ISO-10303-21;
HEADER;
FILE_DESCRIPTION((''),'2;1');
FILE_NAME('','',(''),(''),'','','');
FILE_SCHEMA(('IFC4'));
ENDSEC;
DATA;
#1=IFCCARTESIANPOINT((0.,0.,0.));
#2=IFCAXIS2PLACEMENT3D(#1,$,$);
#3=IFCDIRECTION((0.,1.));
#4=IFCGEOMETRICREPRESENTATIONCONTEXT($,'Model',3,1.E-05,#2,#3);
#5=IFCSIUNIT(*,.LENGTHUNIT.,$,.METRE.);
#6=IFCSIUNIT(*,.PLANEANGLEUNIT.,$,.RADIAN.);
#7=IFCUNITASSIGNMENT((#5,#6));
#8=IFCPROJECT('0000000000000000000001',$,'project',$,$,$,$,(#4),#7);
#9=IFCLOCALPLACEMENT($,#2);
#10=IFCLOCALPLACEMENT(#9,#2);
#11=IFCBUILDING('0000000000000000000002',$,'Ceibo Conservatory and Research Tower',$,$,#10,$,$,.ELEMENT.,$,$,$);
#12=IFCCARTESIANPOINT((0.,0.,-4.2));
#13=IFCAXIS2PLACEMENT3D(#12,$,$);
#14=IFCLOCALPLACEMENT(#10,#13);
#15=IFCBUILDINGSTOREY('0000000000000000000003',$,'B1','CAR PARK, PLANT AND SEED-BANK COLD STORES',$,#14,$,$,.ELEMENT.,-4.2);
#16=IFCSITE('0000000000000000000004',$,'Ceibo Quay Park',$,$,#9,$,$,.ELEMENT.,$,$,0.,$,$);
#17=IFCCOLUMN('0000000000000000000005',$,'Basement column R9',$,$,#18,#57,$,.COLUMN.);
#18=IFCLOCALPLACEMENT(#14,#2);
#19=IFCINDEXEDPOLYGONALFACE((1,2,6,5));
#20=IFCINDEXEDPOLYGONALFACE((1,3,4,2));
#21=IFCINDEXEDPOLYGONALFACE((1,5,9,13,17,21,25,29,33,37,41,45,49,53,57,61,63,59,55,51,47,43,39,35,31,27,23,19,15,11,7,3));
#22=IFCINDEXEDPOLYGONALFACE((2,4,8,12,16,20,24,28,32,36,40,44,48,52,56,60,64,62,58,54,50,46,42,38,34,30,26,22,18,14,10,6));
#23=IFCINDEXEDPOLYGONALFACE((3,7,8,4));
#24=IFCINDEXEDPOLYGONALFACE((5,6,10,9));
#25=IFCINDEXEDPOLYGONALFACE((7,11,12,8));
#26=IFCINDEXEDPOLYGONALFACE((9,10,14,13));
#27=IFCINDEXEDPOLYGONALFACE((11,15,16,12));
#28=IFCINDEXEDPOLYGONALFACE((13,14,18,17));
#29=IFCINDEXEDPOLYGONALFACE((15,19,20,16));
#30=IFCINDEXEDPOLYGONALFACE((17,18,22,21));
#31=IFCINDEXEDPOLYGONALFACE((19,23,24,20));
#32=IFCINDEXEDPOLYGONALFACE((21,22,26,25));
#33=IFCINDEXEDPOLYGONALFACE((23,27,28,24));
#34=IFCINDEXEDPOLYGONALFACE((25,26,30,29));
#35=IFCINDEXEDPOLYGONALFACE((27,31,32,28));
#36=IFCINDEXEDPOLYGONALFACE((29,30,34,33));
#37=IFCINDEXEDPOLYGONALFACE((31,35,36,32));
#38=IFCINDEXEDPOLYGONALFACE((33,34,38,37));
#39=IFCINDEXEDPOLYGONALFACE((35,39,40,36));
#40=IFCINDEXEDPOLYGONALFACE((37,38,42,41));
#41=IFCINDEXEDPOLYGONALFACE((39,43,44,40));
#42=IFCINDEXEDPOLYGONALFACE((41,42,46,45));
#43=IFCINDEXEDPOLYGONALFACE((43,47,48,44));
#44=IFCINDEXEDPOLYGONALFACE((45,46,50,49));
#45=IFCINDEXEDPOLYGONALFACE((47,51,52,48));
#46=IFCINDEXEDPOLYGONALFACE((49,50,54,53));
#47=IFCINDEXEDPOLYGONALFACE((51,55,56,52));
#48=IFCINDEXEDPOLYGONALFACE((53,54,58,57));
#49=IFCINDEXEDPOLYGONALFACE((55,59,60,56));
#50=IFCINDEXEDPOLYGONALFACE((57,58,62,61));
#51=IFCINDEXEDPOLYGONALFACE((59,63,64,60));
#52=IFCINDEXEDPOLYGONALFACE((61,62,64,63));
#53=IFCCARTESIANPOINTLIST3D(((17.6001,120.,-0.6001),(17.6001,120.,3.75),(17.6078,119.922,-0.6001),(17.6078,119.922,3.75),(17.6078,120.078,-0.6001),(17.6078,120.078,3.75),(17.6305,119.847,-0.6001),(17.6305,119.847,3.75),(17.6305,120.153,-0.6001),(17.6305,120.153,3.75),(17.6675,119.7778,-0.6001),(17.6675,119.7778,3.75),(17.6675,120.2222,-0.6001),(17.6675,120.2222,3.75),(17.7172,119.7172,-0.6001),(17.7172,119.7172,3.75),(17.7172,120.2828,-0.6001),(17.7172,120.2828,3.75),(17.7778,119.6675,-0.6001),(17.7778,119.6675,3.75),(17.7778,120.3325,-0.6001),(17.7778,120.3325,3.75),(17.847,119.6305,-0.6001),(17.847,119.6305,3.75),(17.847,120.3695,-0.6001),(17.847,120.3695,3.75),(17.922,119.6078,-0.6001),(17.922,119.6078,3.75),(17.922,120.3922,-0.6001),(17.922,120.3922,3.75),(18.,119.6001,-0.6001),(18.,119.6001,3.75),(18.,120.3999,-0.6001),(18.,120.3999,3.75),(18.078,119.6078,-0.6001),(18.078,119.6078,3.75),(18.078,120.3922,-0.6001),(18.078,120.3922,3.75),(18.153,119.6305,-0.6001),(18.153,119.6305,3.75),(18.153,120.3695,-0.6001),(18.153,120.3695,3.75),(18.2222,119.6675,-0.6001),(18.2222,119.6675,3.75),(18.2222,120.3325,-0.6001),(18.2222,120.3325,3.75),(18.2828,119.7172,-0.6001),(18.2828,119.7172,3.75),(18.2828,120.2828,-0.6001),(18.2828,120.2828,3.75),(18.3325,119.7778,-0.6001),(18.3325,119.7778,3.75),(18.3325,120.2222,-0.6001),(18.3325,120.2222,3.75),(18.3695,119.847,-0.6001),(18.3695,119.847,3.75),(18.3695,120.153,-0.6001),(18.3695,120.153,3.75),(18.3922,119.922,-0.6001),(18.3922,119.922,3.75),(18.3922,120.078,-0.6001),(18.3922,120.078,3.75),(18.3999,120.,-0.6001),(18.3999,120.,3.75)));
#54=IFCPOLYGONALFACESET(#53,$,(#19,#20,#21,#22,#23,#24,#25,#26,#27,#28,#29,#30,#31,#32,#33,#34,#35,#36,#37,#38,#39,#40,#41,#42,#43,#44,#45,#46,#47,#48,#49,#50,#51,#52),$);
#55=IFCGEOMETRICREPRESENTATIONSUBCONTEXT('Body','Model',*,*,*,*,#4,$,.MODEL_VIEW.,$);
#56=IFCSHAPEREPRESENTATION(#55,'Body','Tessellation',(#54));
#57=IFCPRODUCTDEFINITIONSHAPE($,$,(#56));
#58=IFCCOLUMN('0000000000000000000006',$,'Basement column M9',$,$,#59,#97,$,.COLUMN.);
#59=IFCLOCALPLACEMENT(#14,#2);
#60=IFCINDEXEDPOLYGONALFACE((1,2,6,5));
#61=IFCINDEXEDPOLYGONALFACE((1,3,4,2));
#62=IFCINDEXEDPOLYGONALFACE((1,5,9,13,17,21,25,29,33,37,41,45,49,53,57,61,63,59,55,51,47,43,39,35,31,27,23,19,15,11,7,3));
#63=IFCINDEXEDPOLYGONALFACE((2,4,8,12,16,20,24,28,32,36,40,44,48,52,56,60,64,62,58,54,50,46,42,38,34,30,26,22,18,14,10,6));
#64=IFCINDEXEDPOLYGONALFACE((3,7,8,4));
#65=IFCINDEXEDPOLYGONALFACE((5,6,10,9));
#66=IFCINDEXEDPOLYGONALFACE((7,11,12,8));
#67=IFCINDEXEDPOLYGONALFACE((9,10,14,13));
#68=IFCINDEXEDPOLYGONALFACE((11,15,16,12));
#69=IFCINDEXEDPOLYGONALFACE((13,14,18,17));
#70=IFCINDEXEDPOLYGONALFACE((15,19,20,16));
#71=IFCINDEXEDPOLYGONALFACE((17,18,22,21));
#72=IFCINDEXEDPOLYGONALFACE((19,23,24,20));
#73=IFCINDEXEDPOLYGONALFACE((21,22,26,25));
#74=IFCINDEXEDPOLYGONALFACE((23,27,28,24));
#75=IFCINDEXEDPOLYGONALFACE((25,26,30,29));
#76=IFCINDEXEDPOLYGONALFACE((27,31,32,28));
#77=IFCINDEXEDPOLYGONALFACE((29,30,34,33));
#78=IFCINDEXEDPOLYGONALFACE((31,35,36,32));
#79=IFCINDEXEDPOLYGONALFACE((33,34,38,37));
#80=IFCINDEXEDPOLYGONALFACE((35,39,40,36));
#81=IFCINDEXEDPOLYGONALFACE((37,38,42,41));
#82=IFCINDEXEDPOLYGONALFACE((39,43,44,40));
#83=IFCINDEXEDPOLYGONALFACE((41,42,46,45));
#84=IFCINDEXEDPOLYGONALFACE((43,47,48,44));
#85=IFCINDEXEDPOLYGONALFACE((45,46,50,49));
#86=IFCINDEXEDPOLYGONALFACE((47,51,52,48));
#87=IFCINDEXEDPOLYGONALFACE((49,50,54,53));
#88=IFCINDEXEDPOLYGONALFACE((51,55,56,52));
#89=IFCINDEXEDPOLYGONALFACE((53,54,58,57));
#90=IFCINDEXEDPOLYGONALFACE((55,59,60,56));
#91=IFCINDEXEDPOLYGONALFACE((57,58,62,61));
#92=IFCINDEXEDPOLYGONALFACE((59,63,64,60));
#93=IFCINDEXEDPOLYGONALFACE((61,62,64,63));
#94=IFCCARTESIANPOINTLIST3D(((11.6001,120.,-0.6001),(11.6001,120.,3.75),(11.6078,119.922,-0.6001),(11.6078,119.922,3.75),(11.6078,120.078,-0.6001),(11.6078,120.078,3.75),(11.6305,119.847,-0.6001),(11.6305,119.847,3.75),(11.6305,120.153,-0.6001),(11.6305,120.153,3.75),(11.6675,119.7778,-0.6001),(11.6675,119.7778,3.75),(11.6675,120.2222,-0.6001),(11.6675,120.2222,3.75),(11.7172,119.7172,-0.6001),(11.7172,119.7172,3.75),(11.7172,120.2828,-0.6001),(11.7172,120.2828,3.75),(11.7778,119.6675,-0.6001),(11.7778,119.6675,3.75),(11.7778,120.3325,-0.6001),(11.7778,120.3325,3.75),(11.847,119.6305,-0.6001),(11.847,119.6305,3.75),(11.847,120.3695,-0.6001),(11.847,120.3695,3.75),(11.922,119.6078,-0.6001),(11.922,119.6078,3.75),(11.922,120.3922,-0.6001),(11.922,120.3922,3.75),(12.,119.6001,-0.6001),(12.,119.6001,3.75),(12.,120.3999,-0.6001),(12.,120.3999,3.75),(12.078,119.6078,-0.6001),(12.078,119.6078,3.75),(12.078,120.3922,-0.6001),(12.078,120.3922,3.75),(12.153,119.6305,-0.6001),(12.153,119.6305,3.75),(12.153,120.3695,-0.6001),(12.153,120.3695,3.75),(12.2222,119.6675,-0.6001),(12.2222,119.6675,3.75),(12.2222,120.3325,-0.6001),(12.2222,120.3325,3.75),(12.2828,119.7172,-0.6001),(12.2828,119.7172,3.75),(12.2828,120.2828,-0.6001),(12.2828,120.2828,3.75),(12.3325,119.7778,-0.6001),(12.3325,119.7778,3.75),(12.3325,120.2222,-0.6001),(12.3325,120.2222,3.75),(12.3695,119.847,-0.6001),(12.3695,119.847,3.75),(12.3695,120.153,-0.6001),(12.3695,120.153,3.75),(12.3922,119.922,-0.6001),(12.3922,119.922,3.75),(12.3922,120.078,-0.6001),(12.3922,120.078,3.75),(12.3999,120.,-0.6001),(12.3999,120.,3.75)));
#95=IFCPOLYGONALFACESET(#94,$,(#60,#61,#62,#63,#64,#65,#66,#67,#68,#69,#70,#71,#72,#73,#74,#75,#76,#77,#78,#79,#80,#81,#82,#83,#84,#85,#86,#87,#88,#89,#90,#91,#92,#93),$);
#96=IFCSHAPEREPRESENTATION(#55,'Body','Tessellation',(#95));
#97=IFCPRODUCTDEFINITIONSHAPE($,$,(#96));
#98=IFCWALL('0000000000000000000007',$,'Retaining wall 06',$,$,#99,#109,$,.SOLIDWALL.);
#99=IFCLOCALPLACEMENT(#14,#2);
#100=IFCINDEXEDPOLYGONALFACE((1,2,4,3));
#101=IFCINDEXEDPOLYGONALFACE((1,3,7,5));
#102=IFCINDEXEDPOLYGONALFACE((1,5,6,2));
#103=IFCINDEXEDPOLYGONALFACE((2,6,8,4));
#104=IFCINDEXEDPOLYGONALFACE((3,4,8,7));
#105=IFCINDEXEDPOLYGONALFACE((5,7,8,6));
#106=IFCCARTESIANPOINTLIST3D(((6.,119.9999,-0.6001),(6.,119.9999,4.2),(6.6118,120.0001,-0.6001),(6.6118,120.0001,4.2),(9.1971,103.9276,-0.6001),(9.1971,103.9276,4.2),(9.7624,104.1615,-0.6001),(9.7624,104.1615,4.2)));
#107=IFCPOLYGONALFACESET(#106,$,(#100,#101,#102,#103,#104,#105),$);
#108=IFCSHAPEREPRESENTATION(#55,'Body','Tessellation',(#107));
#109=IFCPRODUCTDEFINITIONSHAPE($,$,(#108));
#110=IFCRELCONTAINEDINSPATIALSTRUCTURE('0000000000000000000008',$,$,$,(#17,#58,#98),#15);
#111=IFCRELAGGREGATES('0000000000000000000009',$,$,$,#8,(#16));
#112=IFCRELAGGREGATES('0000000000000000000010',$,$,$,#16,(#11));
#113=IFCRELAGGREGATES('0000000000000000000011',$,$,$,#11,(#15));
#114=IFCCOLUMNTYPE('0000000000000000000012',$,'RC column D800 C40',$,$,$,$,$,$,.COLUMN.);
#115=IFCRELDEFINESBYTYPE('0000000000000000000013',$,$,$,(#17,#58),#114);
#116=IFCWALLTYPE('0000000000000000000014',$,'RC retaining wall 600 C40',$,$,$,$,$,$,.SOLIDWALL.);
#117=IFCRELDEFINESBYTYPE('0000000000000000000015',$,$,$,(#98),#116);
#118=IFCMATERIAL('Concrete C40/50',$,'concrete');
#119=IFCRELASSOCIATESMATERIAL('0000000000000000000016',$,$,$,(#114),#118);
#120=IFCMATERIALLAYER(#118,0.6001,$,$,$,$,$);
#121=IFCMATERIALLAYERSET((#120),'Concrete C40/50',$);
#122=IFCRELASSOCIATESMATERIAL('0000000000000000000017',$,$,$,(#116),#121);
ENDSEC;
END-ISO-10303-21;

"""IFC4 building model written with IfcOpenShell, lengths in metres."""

from ifc_helpers import new_model, si_unit, direction, frame, origin, origin_2d, place, context, subcontext, project, spatial, polyline, circle, outline, extrude, material, layer, layer_set, material_profile, profile_set, type_object, element, save


model = new_model("IFC4")

# Units and contexts
model_context = context("Model", 3, precision=1e-05, world=origin(), true_north=direction((0.0, 1.0)))
body_context = subcontext(model_context, "Body", "Model", "MODEL_VIEW")
ifc_project = project(units=[si_unit("LENGTHUNIT", "METRE"), si_unit("PLANEANGLEUNIT", "RADIAN")], contexts=[model_context])

# Site, building, storey
site_placement = place(None, origin())
site = spatial("IfcSite", under=ifc_project, at=site_placement, Name="Ceibo Quay Park", CompositionType="ELEMENT", RefElevation=0.0)
building_placement = place(site_placement, origin())
building = spatial("IfcBuilding", under=site, at=building_placement, Name="Ceibo Conservatory and Research Tower", CompositionType="ELEMENT")
storey_placement = place(building_placement, frame((0.0, 0.0, -4.2)))
storey = spatial("IfcBuildingStorey", under=building, at=storey_placement, Name="B1", Description="CAR PARK, PLANT AND SEED-BANK COLD STORES", CompositionType="ELEMENT", Elevation=-4.2)

# Columns
ifc_material_1 = material(Name="Concrete C40/50", Category="concrete")
ifc_material_profile_1 = material_profile(ifc_material_1, circle(Radius=0.3999, at=origin_2d()), Name="RC D800")
ifc_profile_set_1 = profile_set([ifc_material_profile_1], Name="Concrete C40/50")
column_type = type_object("IfcColumnType", Name="RC column D800 C40", PredefinedType="COLUMN", material=ifc_profile_set_1)
for number, where, z_axis, x_axis, name in (
    (1, (18.0, 120.0, -0.6001), (0.0, 0.0, 1.0), (1.0, 0.0, 0.0), "Basement column R9"),
    (2, (12.0, 120.0, -0.6001), (0.0, 0.0, 1.0), (1.0, 0.0, 0.0), "Basement column M9"),
):
    element("IfcColumn", number, at=place(storey_placement, frame(where, z_axis=z_axis, x_axis=x_axis)), inside=storey, type_object=column_type, Name=name, PredefinedType="COLUMN", context=body_context, shape_type="SweptSolid", body=[
        extrude(circle(Radius=0.3999, at=origin_2d()), origin(), (0.0, 0.0, 1.0), 4.3501),
    ])

# Wall
ifc_layer = layer(ifc_material_1, 0.6001)
ifc_layer_set = layer_set([ifc_layer], Name="Concrete C40/50")
wall_type = type_object("IfcWallType", Name="RC retaining wall 600 C40", PredefinedType="SOLIDWALL", material=ifc_layer_set)
wall_placement = place(storey_placement, frame((6.3059, 120.0, -0.6001), z_axis=(0.0, 0.0, 1.0), x_axis=(0.195094, -0.980784, 0.0)))
element("IfcWall", 3, at=wall_placement, inside=storey, type_object=wall_type, Name="Retaining wall 06", PredefinedType="SOLIDWALL", context=body_context, shape_type="SweptSolid", body=[
    extrude(outline(polyline([(-0.0596, -0.3), (16.3276, -0.3), (16.2085, 0.3), (0.0596, 0.3), (-0.0596, -0.3)])), origin(), (0.0, 0.0, 1.0), 4.8),
])

save(model, "model.ifc")
